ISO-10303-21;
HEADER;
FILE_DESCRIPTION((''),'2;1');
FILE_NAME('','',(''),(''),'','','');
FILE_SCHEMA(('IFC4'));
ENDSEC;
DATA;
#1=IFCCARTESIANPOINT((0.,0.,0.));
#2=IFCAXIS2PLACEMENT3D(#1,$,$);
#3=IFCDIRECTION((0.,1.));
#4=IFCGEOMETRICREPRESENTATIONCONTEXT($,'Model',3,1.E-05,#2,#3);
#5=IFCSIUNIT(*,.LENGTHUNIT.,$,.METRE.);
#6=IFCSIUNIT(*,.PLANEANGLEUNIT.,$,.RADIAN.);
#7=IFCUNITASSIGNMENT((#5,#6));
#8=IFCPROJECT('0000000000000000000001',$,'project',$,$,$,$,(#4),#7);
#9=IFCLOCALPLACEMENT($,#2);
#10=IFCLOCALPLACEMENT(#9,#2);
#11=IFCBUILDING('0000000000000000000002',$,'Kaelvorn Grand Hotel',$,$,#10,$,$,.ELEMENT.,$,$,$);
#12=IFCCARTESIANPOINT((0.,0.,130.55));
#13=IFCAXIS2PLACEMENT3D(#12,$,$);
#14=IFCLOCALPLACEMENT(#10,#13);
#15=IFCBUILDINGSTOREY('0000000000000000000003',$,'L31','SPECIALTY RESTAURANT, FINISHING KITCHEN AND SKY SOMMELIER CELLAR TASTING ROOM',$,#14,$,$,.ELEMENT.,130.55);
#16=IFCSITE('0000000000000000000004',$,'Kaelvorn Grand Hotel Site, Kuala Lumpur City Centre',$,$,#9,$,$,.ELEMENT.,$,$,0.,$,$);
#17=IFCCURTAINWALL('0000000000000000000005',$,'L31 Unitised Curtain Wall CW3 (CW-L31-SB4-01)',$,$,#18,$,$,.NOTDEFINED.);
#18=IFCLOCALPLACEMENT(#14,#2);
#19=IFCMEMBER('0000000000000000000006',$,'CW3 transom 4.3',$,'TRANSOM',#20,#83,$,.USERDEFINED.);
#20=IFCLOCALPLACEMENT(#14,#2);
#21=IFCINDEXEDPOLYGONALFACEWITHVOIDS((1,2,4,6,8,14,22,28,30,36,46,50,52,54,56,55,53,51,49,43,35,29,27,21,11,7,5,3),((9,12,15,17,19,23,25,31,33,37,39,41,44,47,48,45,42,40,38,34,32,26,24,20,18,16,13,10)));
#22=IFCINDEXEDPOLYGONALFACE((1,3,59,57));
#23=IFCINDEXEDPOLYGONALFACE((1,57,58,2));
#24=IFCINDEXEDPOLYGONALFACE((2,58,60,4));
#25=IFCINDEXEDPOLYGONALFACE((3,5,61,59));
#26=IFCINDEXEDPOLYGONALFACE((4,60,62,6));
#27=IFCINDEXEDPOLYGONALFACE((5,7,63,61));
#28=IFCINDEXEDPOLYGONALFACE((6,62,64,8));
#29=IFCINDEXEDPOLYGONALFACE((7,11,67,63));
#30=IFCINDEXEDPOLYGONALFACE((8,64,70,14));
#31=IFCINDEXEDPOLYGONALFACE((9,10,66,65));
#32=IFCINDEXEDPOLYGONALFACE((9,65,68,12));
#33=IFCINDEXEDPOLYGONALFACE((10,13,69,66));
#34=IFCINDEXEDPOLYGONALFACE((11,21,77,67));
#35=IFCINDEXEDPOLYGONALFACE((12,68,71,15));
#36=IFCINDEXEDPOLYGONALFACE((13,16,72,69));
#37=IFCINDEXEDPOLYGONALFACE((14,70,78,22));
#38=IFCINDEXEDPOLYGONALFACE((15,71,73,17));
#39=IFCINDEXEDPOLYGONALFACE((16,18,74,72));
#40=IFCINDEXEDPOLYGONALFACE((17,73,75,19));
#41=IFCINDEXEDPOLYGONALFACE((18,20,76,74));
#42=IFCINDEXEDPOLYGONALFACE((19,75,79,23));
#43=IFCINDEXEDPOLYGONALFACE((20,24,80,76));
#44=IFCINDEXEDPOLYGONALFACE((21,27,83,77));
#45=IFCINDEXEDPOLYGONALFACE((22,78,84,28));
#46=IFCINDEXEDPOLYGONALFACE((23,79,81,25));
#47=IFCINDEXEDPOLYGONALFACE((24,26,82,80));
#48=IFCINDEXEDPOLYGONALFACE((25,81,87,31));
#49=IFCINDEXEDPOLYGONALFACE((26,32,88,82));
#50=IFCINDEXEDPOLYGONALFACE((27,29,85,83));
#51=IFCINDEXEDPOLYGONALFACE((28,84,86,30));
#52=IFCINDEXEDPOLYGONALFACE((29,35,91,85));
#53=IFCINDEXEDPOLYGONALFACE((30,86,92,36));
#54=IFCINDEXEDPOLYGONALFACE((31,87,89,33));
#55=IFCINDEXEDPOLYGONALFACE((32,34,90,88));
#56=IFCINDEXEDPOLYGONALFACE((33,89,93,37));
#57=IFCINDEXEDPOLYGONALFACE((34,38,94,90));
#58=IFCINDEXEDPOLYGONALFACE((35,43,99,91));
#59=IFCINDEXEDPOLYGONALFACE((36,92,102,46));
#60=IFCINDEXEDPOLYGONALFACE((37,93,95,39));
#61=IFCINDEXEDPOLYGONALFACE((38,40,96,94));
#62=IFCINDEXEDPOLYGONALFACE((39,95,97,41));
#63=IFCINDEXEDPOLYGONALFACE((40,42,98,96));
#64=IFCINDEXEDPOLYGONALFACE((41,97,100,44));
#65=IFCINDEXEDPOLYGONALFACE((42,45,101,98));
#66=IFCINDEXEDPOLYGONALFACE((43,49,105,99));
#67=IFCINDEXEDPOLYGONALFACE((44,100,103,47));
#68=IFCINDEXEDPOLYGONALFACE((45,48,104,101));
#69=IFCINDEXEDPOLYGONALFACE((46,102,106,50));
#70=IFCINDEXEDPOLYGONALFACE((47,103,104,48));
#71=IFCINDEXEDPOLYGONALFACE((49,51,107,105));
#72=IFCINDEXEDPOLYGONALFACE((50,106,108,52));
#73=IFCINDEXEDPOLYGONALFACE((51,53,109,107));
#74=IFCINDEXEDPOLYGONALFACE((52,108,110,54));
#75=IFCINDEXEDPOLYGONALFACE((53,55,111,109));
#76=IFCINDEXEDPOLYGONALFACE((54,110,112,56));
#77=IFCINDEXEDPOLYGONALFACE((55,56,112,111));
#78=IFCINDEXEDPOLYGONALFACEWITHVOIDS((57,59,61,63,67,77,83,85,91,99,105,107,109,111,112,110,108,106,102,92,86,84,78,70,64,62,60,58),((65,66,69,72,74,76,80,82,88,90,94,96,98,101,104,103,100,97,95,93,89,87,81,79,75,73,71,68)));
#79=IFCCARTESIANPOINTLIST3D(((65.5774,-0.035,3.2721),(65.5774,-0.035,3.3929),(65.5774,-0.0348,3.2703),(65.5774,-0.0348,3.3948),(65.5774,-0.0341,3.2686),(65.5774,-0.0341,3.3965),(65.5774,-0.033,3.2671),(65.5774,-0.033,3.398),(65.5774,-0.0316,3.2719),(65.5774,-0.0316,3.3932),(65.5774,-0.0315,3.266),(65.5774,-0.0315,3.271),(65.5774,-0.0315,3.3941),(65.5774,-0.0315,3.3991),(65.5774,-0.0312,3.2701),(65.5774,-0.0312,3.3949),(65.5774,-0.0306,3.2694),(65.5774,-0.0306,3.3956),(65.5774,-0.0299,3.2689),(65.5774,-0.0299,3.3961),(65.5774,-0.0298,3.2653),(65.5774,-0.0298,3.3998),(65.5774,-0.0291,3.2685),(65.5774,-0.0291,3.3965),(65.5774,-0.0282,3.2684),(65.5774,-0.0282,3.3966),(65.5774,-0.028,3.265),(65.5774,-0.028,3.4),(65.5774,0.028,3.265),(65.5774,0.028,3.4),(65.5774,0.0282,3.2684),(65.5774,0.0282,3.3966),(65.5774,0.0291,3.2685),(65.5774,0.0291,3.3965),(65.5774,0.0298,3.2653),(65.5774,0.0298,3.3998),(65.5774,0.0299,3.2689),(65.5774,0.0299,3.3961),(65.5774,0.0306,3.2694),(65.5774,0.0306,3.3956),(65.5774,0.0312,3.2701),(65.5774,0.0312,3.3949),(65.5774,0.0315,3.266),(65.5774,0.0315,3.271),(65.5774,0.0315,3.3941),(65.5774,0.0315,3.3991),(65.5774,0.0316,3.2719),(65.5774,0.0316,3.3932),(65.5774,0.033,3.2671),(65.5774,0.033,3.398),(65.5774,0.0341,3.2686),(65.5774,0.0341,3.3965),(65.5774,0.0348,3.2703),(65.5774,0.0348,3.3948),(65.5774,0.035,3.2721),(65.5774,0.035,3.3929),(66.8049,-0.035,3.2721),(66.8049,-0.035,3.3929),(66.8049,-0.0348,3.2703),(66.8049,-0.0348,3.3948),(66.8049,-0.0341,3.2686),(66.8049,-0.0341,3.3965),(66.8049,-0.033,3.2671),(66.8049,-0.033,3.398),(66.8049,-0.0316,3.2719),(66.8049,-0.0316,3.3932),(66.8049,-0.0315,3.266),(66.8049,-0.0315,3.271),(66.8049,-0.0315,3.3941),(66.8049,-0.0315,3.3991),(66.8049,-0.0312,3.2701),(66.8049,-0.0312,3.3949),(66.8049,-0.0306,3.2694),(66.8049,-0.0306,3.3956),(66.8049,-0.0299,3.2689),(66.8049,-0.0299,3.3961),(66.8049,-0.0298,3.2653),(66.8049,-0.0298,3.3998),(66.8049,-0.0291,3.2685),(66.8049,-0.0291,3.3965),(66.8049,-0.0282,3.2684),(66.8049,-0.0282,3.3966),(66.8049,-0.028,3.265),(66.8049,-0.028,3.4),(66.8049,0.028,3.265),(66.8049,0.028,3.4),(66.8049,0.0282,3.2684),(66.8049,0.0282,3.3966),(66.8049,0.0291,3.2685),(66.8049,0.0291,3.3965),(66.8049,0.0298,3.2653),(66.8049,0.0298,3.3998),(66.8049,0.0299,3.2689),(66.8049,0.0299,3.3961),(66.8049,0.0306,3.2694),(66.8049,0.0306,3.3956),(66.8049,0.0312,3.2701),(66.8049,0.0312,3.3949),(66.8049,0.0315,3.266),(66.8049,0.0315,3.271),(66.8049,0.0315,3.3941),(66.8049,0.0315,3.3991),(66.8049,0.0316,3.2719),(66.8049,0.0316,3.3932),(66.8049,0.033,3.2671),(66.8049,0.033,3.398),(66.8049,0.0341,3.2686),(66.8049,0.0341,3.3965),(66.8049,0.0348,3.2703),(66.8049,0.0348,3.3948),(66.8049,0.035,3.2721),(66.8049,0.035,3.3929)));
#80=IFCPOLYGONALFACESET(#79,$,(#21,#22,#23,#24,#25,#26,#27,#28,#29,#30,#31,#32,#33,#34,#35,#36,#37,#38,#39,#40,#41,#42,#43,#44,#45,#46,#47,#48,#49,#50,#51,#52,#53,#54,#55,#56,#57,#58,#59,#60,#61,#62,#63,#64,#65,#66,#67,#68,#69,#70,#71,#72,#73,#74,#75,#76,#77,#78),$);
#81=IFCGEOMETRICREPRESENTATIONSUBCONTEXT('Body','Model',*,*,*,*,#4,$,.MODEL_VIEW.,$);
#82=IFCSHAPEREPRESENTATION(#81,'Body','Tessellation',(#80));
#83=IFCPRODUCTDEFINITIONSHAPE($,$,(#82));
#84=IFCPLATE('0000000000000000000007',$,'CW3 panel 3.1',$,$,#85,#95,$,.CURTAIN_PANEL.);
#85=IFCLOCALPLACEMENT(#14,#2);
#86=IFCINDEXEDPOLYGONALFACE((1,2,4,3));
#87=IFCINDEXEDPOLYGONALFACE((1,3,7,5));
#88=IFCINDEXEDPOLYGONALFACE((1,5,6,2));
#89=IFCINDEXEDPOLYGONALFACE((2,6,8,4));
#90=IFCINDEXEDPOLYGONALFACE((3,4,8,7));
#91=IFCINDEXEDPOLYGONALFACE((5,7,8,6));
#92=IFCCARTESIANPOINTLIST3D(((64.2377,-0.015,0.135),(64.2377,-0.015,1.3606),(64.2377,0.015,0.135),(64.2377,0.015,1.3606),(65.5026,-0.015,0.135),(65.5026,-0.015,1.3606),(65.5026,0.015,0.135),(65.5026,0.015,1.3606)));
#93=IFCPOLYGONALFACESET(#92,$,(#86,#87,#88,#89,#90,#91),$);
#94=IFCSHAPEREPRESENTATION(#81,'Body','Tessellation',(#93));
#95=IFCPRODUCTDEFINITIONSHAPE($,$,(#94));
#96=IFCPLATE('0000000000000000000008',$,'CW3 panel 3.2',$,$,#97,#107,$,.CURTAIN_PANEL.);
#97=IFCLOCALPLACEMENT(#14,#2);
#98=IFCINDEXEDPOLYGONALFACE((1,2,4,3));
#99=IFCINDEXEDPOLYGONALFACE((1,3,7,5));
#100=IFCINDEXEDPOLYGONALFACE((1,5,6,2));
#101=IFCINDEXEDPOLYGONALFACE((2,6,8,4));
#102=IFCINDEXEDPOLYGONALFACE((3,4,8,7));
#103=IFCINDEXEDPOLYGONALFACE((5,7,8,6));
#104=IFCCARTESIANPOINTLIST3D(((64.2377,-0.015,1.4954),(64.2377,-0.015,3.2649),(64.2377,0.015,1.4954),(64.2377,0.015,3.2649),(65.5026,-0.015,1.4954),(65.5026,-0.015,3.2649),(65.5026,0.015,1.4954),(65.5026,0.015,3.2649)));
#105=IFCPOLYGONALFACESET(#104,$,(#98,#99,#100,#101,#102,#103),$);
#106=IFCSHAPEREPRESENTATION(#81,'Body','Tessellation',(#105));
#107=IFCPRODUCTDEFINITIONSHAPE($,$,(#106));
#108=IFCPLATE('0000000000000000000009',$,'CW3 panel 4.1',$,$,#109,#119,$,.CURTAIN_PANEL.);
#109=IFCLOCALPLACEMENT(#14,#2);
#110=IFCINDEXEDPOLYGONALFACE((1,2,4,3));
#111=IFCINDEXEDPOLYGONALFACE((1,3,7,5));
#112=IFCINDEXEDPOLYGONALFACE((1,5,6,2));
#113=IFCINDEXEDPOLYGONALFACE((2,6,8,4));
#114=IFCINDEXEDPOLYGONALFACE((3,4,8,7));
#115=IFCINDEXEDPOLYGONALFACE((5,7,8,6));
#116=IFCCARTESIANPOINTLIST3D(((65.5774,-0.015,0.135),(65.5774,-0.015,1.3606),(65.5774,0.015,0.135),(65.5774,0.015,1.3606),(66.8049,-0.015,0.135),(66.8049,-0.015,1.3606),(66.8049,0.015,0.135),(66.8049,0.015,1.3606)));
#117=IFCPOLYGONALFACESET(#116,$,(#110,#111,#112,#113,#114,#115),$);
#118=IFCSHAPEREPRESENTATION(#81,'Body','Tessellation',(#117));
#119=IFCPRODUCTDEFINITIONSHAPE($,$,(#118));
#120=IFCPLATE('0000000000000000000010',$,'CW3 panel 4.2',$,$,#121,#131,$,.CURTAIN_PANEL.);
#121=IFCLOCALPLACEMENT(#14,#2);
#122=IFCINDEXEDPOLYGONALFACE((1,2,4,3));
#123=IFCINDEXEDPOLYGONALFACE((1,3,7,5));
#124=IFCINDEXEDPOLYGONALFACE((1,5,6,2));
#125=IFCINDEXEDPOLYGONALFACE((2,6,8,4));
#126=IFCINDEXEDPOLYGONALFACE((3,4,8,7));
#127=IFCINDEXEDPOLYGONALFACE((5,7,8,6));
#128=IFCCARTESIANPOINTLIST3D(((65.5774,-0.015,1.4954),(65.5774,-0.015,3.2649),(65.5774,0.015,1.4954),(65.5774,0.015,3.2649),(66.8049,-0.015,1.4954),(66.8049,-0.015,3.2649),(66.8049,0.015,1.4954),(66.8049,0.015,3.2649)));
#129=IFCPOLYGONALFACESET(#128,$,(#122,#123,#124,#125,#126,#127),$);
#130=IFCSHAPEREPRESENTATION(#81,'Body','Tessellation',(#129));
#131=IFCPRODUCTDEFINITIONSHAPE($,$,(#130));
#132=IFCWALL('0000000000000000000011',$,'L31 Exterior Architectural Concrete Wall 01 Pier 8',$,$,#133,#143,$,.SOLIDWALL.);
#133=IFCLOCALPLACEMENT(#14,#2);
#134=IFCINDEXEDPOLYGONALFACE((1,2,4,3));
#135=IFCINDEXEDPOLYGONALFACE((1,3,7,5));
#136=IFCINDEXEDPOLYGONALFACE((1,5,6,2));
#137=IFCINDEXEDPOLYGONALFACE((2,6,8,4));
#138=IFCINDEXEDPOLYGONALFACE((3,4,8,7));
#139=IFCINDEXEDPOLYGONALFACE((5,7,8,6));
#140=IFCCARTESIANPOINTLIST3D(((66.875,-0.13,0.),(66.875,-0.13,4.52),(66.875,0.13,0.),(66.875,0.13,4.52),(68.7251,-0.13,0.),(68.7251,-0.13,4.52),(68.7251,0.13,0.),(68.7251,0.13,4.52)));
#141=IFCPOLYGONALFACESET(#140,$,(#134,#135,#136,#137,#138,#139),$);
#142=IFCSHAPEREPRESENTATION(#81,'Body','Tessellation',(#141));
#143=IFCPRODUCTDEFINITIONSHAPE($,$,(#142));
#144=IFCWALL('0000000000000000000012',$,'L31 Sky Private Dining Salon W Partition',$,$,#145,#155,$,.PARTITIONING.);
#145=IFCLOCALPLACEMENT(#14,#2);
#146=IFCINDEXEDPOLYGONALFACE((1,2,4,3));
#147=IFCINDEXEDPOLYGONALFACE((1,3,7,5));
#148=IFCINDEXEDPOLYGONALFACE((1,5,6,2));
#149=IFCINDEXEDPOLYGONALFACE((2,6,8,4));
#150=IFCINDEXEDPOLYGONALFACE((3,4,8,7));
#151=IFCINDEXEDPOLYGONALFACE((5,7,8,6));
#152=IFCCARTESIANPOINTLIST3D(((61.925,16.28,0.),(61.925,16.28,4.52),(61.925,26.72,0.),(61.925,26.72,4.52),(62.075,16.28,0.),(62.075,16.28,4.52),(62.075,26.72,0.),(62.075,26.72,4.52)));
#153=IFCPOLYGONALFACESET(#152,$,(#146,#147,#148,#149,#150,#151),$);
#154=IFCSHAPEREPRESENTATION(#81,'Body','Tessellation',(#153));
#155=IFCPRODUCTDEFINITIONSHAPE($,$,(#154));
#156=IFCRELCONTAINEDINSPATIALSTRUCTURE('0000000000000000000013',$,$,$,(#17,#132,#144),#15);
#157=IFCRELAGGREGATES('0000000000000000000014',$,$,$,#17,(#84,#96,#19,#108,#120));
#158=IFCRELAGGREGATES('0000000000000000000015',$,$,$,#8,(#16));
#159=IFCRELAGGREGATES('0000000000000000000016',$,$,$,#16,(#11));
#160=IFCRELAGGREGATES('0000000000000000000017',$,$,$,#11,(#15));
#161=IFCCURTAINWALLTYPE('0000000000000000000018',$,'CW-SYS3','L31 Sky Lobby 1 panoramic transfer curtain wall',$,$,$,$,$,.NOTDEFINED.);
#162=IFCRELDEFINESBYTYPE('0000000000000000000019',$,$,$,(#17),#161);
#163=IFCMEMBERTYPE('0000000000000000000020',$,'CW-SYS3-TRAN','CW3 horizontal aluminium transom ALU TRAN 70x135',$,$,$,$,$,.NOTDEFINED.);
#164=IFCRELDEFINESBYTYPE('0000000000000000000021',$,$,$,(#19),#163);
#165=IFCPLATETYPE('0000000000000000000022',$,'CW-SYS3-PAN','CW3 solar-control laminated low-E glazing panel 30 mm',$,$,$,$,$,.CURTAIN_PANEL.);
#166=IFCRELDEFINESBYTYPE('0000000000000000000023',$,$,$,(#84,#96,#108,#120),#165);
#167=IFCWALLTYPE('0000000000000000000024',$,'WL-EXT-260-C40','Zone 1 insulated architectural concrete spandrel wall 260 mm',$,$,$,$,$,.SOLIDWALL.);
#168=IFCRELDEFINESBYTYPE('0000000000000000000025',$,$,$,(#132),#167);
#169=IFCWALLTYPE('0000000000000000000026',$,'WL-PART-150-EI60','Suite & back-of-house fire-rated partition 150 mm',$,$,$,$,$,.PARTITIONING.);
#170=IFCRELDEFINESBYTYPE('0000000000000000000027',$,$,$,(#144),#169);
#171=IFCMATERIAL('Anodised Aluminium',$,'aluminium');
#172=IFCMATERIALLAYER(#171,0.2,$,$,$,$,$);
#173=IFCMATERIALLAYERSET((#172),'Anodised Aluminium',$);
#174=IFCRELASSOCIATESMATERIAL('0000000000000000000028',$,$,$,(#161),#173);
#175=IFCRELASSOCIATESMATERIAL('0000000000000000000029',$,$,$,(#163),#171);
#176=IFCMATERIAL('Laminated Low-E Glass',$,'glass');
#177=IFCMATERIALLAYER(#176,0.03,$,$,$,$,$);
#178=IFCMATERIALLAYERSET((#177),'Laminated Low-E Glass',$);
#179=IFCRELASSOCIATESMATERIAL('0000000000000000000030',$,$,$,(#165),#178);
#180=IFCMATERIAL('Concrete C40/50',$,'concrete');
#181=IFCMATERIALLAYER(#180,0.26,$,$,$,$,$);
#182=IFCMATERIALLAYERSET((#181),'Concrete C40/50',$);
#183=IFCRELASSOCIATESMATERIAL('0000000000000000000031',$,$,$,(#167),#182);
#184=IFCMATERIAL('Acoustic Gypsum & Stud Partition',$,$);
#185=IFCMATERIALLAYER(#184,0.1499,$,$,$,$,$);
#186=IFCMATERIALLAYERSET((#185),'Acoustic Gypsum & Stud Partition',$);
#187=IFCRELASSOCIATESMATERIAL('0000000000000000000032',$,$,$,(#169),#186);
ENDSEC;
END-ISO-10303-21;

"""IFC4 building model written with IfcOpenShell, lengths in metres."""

from ifc_helpers import new_model, si_unit, direction, frame, frame_2d, origin, origin_2d, place, context, subcontext, project, spatial, rectangle, hollow_rectangle, extrude, material, layer, layer_set, material_profile, profile_set, type_object, element, aggregate, save


model = new_model("IFC4")

# Units and contexts
model_context = context("Model", 3, precision=1e-05, world=origin(), true_north=direction((0.0, 1.0)))
body_context = subcontext(model_context, "Body", "Model", "MODEL_VIEW")
ifc_project = project(units=[si_unit("LENGTHUNIT", "METRE"), si_unit("PLANEANGLEUNIT", "RADIAN")], contexts=[model_context])

# Site, building, storey
site_placement = place(None, origin())
site = spatial("IfcSite", under=ifc_project, at=site_placement, Name="Kaelvorn Grand Hotel Site, Kuala Lumpur City Centre", CompositionType="ELEMENT", RefElevation=0.0)
building_placement = place(site_placement, origin())
building = spatial("IfcBuilding", under=site, at=building_placement, Name="Kaelvorn Grand Hotel", CompositionType="ELEMENT")
storey_placement = place(building_placement, frame((0.0, 0.0, 130.55)))
storey = spatial("IfcBuildingStorey", under=building, at=storey_placement, Name="L31", Description="SPECIALTY RESTAURANT, FINISHING KITCHEN AND SKY SOMMELIER CELLAR TASTING ROOM", CompositionType="ELEMENT", Elevation=130.55)

# Curtain wall, member, plates
ifc_material_1 = material(Name="Anodised Aluminium", Category="aluminium")
ifc_layer_1 = layer(ifc_material_1, 0.2)
ifc_layer_set_1 = layer_set([ifc_layer_1], Name="Anodised Aluminium")
curtain_wall_type = type_object("IfcCurtainWallType", Name="CW-SYS3", Description="L31 Sky Lobby 1 panoramic transfer curtain wall", PredefinedType="NOTDEFINED", material=ifc_layer_set_1)
curtain_wall_placement = place(storey_placement, origin())
curtain_wall = element("IfcCurtainWall", 1, at=curtain_wall_placement, inside=storey, type_object=curtain_wall_type, Name="L31 Unitised Curtain Wall CW3 (CW-L31-SB4-01)", PredefinedType="NOTDEFINED")
ifc_material_profile_1 = material_profile(ifc_material_1, hollow_rectangle(XDim=0.0701, YDim=0.135, WallThickness=0.0034, InnerFilletRadius=0.0034, OuterFilletRadius=0.0071, at=origin_2d()), Name="ALU TRAN 70x135")
ifc_profile_set_1 = profile_set([ifc_material_profile_1], Name="Anodised Aluminium")
member_type_1 = type_object("IfcMemberType", Name="CW-SYS3-TRAN", Description="CW3 horizontal aluminium transom ALU TRAN 70x135", PredefinedType="NOTDEFINED", material=ifc_profile_set_1)
member_1_placement = place(storey_placement, frame((65.5774, 0.0, 3.3325), z_axis=(1.0, 0.0, 0.0), x_axis=(0.0, 1.0, 0.0)))
member_1 = element("IfcMember", 2, at=member_1_placement, type_object=member_type_1, Name="CW3 transom 4.3", ObjectType="TRANSOM", PredefinedType="USERDEFINED", context=body_context, shape_type="SweptSolid", body=[
    extrude(hollow_rectangle(XDim=0.0701, YDim=0.135, WallThickness=0.0034, InnerFilletRadius=0.0034, OuterFilletRadius=0.0071, at=origin_2d()), origin(), (0.0, 0.0, 1.0), 1.2275),
])
ifc_material_2 = material(Name="Laminated Low-E Glass", Category="glass")
ifc_layer_2 = layer(ifc_material_2, 0.03)
ifc_layer_set_2 = layer_set([ifc_layer_2], Name="Laminated Low-E Glass")
plate_type = type_object("IfcPlateType", Name="CW-SYS3-PAN", Description="CW3 solar-control laminated low-E glazing panel 30 mm", PredefinedType="CURTAIN_PANEL", material=ifc_layer_set_2)
plate_1_placement = place(storey_placement, frame((64.8701, 0.0, 0.135), z_axis=(0.0, 0.0, 1.0), x_axis=(1.0, 0.0, 0.0)))
plate_1 = element("IfcPlate", 3, at=plate_1_placement, type_object=plate_type, Name="CW3 panel 3.1", PredefinedType="CURTAIN_PANEL", context=body_context, shape_type="SweptSolid", body=[
    extrude(rectangle(XDim=1.2649, YDim=0.03, at=origin_2d()), origin(), (0.0, 0.0, 1.0), 1.2256),
])
plate_2_placement = place(storey_placement, frame((64.8701, 0.0, 1.4954), z_axis=(0.0, 0.0, 1.0), x_axis=(1.0, 0.0, 0.0)))
plate_2 = element("IfcPlate", 4, at=plate_2_placement, type_object=plate_type, Name="CW3 panel 3.2", PredefinedType="CURTAIN_PANEL", context=body_context, shape_type="SweptSolid", body=[
    extrude(rectangle(XDim=1.2649, YDim=0.03, at=origin_2d()), origin(), (0.0, 0.0, 1.0), 1.7695),
])
plate_3_placement = place(storey_placement, frame((66.1912, 0.0, 0.135), z_axis=(0.0, 0.0, 1.0), x_axis=(1.0, 0.0, 0.0)))
plate_3 = element("IfcPlate", 5, at=plate_3_placement, type_object=plate_type, Name="CW3 panel 4.1", PredefinedType="CURTAIN_PANEL", context=body_context, shape_type="SweptSolid", body=[
    extrude(rectangle(XDim=1.2275, YDim=0.03, at=origin_2d()), origin(), (0.0, 0.0, 1.0), 1.2256),
])
plate_4_placement = place(storey_placement, frame((66.1912, 0.0, 1.4954), z_axis=(0.0, 0.0, 1.0), x_axis=(1.0, 0.0, 0.0)))
plate_4 = element("IfcPlate", 6, at=plate_4_placement, type_object=plate_type, Name="CW3 panel 4.2", PredefinedType="CURTAIN_PANEL", context=body_context, shape_type="SweptSolid", body=[
    extrude(rectangle(XDim=1.2275, YDim=0.03, at=origin_2d()), origin(), (0.0, 0.0, 1.0), 1.7695),
])
aggregate(curtain_wall, [plate_1, plate_2, member_1, plate_3, plate_4])

# Walls
ifc_material_3 = material(Name="Concrete C40/50", Category="concrete")
ifc_layer_3 = layer(ifc_material_3, 0.26)
ifc_layer_set_3 = layer_set([ifc_layer_3], Name="Concrete C40/50")
wall_type_1 = type_object("IfcWallType", Name="WL-EXT-260-C40", Description="Zone 1 insulated architectural concrete spandrel wall 260 mm", PredefinedType="SOLIDWALL", material=ifc_layer_set_3)
wall_1_placement = place(storey_placement, frame((66.875, 0.0, 0.0), z_axis=(0.0, 0.0, 1.0), x_axis=(1.0, 0.0, 0.0)))
element("IfcWall", 7, at=wall_1_placement, inside=storey, type_object=wall_type_1, Name="L31 Exterior Architectural Concrete Wall 01 Pier 8", PredefinedType="SOLIDWALL", context=body_context, shape_type="SweptSolid", body=[
    extrude(rectangle(XDim=1.8501, YDim=0.26, at=frame_2d((0.925, 0.0))), origin(), (0.0, 0.0, 1.0), 4.52),
])
ifc_material_4 = material(Name="Acoustic Gypsum & Stud Partition")
ifc_layer_4 = layer(ifc_material_4, 0.1499)
ifc_layer_set_4 = layer_set([ifc_layer_4], Name="Acoustic Gypsum & Stud Partition")
wall_type_2 = type_object("IfcWallType", Name="WL-PART-150-EI60", Description="Suite & back-of-house fire-rated partition 150 mm", PredefinedType="PARTITIONING", material=ifc_layer_set_4)
wall_2_placement = place(storey_placement, frame((62.0, 16.28, 0.0), z_axis=(0.0, 0.0, 1.0), x_axis=(0.0, 1.0, 0.0)))
element("IfcWall", 8, at=wall_2_placement, inside=storey, type_object=wall_type_2, Name="L31 Sky Private Dining Salon W Partition", PredefinedType="PARTITIONING", context=body_context, shape_type="SweptSolid", body=[
    extrude(rectangle(XDim=10.4399, YDim=0.1499, at=frame_2d((5.22, 0.0))), origin(), (0.0, 0.0, 1.0), 4.52),
])

save(model, "model.ifc")
